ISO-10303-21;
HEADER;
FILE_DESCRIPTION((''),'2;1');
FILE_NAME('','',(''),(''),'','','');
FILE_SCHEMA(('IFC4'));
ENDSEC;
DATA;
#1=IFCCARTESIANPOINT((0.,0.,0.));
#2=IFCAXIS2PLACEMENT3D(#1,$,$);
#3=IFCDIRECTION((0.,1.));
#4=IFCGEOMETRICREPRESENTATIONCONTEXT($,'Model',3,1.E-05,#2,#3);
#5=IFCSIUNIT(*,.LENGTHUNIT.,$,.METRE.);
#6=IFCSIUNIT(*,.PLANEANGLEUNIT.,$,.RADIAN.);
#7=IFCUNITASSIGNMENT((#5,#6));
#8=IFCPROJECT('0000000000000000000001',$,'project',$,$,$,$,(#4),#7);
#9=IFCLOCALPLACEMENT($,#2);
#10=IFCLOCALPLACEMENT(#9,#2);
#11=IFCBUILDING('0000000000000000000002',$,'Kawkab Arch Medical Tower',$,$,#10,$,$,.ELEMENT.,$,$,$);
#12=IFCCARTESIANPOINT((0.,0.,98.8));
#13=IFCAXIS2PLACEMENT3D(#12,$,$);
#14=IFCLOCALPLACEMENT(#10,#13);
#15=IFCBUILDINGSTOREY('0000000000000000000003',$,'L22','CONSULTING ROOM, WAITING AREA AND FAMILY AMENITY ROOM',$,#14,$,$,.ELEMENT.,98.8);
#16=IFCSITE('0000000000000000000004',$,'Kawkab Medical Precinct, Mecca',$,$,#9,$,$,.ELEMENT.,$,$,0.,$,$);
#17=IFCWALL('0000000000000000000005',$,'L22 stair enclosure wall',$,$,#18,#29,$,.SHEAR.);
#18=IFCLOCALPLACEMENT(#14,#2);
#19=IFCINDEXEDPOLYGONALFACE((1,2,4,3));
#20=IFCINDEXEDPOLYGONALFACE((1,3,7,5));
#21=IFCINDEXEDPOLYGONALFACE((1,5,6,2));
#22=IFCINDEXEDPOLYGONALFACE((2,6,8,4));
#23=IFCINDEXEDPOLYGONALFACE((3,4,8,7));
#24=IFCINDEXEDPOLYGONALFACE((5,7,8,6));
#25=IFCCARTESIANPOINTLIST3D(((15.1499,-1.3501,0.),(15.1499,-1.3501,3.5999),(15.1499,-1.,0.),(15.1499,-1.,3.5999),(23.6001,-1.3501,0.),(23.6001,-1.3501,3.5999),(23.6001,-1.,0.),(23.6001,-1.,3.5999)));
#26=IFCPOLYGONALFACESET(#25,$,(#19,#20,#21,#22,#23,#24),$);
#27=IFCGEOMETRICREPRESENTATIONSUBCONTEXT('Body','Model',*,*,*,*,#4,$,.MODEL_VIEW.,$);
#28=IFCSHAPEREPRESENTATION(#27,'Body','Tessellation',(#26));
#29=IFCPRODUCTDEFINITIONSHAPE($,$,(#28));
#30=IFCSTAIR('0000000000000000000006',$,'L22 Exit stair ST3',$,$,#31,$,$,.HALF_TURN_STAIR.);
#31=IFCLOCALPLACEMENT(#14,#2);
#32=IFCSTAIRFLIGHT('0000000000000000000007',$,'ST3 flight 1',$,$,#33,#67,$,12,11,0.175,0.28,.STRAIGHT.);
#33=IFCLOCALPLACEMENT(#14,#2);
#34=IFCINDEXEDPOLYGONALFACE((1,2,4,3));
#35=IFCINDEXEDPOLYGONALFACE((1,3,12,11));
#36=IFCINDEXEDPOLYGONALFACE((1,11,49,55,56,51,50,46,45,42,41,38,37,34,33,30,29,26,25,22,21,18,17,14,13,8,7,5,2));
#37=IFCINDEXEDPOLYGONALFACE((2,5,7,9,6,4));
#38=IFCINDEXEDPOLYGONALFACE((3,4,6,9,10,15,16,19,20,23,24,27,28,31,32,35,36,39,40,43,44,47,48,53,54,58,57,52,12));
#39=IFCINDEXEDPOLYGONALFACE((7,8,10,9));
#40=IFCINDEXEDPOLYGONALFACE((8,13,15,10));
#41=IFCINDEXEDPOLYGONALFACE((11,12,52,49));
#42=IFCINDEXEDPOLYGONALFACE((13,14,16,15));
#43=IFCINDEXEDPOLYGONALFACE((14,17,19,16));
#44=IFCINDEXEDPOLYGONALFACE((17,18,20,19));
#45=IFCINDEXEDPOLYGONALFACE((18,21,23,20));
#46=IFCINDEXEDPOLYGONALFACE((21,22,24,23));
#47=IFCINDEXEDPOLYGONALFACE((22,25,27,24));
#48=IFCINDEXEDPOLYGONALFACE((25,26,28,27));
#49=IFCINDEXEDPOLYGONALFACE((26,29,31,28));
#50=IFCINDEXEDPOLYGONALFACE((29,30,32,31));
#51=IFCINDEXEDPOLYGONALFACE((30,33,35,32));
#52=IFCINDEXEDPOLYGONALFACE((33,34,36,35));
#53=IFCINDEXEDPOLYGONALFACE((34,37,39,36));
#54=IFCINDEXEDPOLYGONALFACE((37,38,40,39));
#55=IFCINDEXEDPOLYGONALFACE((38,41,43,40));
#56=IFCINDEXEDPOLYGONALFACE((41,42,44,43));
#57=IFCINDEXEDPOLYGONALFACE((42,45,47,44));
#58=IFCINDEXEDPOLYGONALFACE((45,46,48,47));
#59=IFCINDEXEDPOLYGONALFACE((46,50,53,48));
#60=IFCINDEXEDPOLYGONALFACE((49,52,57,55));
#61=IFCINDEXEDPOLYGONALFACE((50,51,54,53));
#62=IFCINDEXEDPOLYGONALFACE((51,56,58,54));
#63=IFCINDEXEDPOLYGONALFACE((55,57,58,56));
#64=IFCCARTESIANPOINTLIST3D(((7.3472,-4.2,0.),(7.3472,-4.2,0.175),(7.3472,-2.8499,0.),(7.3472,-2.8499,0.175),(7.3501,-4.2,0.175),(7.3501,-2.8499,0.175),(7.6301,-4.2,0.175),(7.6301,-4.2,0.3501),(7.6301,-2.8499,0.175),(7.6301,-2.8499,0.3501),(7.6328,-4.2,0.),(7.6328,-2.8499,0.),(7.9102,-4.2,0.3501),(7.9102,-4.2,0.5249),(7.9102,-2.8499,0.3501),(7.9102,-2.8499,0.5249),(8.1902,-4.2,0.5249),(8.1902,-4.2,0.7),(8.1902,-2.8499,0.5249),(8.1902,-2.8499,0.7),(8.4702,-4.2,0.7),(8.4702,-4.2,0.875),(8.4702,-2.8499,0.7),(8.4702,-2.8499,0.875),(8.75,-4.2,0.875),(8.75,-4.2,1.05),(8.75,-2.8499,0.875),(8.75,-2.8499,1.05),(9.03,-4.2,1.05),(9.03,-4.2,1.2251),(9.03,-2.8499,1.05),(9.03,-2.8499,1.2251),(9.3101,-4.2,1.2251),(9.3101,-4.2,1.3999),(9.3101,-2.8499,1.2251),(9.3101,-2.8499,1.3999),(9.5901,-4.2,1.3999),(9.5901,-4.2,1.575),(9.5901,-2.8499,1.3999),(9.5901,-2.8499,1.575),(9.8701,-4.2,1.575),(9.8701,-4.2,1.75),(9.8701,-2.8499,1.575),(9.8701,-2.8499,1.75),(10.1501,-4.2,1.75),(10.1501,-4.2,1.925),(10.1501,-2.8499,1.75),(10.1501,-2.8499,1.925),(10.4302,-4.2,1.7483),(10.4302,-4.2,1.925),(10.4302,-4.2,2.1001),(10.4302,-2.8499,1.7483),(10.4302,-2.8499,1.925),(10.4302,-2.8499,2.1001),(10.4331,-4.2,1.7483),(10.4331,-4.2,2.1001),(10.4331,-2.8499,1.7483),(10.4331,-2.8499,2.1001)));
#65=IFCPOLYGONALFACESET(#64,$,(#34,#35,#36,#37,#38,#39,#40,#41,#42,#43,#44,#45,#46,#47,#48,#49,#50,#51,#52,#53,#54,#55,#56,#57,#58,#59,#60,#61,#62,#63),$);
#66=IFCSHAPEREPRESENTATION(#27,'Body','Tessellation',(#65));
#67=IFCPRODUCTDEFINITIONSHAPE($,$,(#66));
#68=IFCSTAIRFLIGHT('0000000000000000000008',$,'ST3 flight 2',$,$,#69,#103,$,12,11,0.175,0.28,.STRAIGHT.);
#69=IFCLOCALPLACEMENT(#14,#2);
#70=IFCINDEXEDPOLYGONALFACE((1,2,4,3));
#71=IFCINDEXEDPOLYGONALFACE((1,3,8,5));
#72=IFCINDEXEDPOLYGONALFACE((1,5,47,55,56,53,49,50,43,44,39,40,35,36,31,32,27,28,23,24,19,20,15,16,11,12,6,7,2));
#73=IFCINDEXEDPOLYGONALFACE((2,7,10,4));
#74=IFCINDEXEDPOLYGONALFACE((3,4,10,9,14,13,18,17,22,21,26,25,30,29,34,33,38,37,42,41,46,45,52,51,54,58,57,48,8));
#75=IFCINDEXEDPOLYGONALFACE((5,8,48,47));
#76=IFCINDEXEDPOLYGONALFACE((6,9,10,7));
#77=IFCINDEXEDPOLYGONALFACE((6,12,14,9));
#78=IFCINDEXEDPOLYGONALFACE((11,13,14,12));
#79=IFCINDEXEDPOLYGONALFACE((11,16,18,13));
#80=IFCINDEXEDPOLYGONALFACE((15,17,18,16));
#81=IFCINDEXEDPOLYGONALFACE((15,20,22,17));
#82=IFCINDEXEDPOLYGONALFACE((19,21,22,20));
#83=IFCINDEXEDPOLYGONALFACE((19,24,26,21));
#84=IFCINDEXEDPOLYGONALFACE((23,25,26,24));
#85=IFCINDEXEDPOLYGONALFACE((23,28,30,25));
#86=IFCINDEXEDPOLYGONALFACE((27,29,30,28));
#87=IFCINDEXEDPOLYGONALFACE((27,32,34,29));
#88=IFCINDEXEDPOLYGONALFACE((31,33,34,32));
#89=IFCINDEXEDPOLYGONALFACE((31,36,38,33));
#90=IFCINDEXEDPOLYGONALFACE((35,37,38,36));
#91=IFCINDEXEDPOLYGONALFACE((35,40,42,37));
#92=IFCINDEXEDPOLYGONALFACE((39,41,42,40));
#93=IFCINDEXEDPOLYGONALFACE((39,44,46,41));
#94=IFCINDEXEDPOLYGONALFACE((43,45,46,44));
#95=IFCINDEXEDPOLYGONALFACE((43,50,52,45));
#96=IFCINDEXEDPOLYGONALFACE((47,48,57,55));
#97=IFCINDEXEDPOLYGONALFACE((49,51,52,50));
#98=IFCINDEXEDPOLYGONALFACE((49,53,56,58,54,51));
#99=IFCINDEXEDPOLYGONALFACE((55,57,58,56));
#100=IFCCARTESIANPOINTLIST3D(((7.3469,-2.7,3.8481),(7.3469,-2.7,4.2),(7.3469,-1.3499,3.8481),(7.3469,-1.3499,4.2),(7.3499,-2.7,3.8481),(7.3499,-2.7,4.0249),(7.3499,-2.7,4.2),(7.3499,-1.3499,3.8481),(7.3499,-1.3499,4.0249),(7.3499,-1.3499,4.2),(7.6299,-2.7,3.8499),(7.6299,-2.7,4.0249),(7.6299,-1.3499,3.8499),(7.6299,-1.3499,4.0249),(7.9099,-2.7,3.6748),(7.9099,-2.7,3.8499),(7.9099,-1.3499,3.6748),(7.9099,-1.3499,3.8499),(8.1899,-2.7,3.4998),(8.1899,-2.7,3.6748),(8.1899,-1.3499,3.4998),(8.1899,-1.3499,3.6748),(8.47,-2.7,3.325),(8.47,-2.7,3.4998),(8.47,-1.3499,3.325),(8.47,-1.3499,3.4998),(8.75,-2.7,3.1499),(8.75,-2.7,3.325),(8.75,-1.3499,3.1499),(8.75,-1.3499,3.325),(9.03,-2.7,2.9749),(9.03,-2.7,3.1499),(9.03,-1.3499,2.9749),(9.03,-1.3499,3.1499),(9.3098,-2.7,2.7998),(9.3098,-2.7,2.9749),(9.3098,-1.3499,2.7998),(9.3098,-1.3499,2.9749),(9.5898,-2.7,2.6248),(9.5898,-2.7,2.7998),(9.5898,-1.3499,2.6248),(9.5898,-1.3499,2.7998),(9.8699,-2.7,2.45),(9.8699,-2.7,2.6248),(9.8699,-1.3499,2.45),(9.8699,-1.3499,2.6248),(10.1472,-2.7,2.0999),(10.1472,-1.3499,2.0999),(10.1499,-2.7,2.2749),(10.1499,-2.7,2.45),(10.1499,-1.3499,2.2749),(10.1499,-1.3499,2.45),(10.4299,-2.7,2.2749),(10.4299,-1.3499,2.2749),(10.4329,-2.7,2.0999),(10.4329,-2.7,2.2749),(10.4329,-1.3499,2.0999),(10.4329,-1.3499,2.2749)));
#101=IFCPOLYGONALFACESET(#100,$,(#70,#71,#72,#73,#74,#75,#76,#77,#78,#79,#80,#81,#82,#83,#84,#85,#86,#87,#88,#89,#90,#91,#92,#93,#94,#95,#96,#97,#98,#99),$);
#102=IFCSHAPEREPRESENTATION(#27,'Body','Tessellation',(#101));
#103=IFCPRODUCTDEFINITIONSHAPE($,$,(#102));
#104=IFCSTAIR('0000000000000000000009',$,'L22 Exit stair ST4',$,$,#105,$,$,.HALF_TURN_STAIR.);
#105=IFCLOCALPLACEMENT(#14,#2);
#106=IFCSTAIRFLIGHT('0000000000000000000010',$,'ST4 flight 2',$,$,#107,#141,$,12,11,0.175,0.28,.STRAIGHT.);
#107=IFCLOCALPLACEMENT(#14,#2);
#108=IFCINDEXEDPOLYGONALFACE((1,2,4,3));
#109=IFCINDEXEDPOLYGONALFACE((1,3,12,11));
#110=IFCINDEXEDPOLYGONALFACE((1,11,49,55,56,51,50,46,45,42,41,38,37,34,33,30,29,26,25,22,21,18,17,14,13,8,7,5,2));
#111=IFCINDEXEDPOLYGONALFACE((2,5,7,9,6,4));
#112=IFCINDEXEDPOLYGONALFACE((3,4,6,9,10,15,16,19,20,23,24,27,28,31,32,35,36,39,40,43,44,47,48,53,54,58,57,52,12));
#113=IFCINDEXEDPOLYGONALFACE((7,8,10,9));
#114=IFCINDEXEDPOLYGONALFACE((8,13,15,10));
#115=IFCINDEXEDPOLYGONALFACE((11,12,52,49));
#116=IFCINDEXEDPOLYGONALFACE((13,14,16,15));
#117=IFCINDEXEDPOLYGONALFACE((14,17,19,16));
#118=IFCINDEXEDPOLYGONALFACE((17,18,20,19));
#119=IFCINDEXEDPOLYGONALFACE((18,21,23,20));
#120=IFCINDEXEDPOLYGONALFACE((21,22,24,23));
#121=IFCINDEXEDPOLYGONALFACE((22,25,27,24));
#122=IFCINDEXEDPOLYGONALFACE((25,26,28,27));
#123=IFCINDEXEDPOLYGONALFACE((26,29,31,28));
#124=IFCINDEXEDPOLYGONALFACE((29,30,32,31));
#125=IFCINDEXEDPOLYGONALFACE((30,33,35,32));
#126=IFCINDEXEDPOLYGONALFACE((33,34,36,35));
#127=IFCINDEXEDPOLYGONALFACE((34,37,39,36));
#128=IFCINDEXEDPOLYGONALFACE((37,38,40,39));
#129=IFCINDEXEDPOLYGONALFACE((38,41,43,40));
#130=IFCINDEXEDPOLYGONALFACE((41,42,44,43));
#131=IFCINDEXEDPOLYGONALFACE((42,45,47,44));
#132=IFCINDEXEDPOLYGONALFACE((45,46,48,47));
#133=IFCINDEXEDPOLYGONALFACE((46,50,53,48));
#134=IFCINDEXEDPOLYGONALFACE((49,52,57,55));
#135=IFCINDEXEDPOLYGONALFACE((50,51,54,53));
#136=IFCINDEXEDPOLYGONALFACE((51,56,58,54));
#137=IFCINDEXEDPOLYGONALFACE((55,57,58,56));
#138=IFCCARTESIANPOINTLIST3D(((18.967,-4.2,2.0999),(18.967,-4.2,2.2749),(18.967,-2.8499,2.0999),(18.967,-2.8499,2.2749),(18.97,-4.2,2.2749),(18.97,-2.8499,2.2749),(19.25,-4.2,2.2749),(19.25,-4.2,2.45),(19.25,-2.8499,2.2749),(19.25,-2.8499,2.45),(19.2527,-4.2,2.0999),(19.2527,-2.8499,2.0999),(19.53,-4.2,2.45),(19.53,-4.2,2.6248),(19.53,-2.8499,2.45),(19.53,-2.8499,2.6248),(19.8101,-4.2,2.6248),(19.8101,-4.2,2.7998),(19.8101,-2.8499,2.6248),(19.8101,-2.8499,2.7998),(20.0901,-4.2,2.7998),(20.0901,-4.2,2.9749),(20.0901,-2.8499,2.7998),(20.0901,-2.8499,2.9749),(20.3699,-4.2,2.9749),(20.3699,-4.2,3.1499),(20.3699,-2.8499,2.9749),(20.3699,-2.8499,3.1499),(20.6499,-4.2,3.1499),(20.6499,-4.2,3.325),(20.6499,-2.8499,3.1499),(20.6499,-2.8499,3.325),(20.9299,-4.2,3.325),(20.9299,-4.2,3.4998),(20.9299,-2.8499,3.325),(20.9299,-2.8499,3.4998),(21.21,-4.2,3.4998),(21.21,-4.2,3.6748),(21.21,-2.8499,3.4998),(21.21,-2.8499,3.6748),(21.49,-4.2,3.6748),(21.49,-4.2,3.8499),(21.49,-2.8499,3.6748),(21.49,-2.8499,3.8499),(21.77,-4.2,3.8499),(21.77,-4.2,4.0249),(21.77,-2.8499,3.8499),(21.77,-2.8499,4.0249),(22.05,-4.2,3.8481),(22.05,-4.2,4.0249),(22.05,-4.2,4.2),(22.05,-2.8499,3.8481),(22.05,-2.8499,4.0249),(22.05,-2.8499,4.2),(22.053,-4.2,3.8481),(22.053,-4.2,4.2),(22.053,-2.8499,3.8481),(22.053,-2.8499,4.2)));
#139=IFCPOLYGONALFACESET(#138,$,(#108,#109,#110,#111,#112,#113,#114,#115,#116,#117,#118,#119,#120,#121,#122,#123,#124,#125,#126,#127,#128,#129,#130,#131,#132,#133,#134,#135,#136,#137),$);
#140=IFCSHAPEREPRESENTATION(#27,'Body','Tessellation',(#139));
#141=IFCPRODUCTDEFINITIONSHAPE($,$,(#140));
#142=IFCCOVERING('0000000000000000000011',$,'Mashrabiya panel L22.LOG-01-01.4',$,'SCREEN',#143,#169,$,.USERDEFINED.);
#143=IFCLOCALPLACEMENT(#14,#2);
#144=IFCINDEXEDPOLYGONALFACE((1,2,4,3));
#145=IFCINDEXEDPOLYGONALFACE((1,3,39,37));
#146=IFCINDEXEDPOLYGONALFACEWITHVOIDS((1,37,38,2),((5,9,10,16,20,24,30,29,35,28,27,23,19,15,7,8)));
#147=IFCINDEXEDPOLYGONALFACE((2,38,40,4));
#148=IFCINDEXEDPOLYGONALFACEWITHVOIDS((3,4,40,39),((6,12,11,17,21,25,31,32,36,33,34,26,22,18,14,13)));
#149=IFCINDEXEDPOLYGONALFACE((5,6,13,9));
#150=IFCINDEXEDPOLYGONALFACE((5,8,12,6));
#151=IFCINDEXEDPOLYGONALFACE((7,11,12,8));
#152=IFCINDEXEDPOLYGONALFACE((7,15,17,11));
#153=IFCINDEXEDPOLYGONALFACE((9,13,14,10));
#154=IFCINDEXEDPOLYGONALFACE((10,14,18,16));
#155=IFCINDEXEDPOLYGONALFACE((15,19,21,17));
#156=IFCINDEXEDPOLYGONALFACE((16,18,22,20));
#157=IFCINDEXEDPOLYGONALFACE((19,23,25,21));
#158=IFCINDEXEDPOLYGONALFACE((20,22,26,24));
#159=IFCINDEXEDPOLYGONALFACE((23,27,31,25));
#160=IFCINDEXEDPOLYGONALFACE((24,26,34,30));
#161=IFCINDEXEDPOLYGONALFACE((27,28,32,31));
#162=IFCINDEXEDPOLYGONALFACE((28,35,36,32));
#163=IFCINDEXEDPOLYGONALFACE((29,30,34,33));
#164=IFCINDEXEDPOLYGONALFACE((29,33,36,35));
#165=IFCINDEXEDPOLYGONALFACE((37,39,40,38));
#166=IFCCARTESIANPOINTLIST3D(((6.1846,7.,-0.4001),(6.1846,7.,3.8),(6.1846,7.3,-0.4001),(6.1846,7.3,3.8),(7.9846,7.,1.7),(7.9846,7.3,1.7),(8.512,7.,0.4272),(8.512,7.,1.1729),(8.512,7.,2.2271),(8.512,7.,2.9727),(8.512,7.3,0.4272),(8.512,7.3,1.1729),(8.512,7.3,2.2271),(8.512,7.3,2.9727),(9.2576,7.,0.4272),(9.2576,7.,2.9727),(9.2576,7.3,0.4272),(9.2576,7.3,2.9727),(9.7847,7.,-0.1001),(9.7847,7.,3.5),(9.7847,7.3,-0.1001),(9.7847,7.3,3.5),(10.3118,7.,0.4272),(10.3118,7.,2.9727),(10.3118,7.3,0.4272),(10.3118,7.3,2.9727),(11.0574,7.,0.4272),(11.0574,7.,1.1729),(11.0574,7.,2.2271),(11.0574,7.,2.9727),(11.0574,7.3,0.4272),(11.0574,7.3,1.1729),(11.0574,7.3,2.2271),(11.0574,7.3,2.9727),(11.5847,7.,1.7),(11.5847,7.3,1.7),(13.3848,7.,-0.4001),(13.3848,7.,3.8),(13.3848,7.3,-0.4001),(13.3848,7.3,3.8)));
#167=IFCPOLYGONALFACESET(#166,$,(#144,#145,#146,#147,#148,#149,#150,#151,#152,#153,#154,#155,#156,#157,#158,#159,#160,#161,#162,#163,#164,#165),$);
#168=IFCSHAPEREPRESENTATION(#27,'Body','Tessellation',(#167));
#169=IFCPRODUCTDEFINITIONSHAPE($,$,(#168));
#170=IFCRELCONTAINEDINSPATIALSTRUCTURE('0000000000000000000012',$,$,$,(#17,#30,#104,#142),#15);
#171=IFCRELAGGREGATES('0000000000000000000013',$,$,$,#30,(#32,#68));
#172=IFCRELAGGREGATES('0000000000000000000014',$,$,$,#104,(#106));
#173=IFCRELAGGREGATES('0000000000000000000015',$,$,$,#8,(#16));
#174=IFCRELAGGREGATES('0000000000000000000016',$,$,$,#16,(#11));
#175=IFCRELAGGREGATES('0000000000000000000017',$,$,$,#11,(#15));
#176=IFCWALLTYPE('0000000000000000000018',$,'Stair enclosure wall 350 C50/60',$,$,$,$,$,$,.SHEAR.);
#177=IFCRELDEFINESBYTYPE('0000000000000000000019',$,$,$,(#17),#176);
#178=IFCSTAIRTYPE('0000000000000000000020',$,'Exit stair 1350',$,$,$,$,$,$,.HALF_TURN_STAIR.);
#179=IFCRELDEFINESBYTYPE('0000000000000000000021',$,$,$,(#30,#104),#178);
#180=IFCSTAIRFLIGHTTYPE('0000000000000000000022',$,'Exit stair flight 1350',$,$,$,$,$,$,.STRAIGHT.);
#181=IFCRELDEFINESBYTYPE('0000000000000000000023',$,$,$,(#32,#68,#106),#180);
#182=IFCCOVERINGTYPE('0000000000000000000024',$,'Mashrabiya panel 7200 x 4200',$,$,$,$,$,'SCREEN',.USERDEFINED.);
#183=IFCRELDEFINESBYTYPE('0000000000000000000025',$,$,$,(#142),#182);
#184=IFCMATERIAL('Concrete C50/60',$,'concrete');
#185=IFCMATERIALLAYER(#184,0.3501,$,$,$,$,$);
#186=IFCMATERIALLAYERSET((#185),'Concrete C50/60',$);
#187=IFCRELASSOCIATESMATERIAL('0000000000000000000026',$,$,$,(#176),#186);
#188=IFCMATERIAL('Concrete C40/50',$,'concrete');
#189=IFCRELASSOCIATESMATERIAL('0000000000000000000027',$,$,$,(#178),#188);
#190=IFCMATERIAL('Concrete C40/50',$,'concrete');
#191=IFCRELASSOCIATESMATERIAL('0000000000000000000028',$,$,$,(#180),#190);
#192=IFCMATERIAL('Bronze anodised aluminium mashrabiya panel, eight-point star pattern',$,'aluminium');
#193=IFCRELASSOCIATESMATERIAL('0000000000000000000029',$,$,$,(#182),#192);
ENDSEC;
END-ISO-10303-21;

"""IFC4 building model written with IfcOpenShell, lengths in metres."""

from ifc_helpers import new_model, si_unit, direction, frame, frame_2d, origin, place, context, subcontext, project, spatial, polyline, rectangle, outline, extrude, material, layer, layer_set, material_profile, profile_set, type_object, element, aggregate, save


model = new_model("IFC4")

# Units and contexts
model_context = context("Model", 3, precision=1e-05, world=origin(), true_north=direction((0.0, 1.0)))
body_context = subcontext(model_context, "Body", "Model", "MODEL_VIEW")
ifc_project = project(units=[si_unit("LENGTHUNIT", "METRE"), si_unit("PLANEANGLEUNIT", "RADIAN")], contexts=[model_context])

# Site, building, storey
site_placement = place(None, origin())
site = spatial("IfcSite", under=ifc_project, at=site_placement, Name="Kawkab Medical Precinct, Mecca", CompositionType="ELEMENT", RefElevation=0.0)
building_placement = place(site_placement, origin())
building = spatial("IfcBuilding", under=site, at=building_placement, Name="Kawkab Arch Medical Tower", CompositionType="ELEMENT")
storey_placement = place(building_placement, frame((0.0, 0.0, 98.8)))
storey = spatial("IfcBuildingStorey", under=building, at=storey_placement, Name="L22", Description="CONSULTING ROOM, WAITING AREA AND FAMILY AMENITY ROOM", CompositionType="ELEMENT", Elevation=98.8)

# Shared definitions
placement = place(storey_placement, origin())

# Wall
ifc_material_1 = material(Name="Concrete C50/60", Category="concrete")
ifc_layer_1 = layer(ifc_material_1, 0.3501)
ifc_layer_set_1 = layer_set([ifc_layer_1], Name="Concrete C50/60")
wall_type_1 = type_object("IfcWallType", Name="Stair enclosure wall 350 C50/60", PredefinedType="SHEAR", material=ifc_layer_set_1)
wall_placement = place(storey_placement, frame((15.1499, -1.175, 0.0), z_axis=(0.0, 0.0, 1.0), x_axis=(1.0, 0.0, 0.0)))
element("IfcWall", 1, at=wall_placement, inside=storey, type_object=wall_type_1, Name="L22 stair enclosure wall", PredefinedType="SHEAR", context=body_context, shape_type="SweptSolid", body=[
    extrude(rectangle(XDim=8.4502, YDim=0.3501, at=frame_2d((4.2251, 0.0))), origin(), (0.0, 0.0, 1.0), 3.5999),
])

# Stair, stair flights
ifc_material_2 = material(Name="Concrete C40/50", Category="concrete")
stair_type = type_object("IfcStairType", Name="Exit stair 1350", PredefinedType="HALF_TURN_STAIR", material=ifc_material_2)
stair_1 = element("IfcStair", 2, at=placement, inside=storey, type_object=stair_type, Name="L22 Exit stair ST3", PredefinedType="HALF_TURN_STAIR")
ifc_material_3 = material(Name="Concrete C40/50", Category="concrete")
stair_flight_type = type_object("IfcStairFlightType", Name="Exit stair flight 1350", PredefinedType="STRAIGHT", material=ifc_material_3)
stair_flight_1_placement = place(storey_placement, frame((7.3501, -3.5249, 0.0), z_axis=(0.0, 0.0, 1.0), x_axis=(1.0, 0.0, 0.0)))
stair_flight_1 = element("IfcStairFlight", 3, at=stair_flight_1_placement, type_object=stair_flight_type, Name="ST3 flight 1", NumberOfRisers=12, NumberOfTreads=11, PredefinedType="STRAIGHT", RiserHeight=0.175, TreadLength=0.28, context=body_context, shape_type="SweptSolid", body=[
    extrude(outline(polyline([(-0.0029, 0.0), (-0.0029, 0.175), (0.0, 0.175), (0.28, 0.175), (0.28, 0.3501), (0.5601, 0.3501), (0.5601, 0.5249), (0.8401, 0.5249), (0.8401, 0.7), (1.1201, 0.7), (1.1201, 0.875), (1.3999, 0.875), (1.3999, 1.05), (1.6799, 1.05), (1.6799, 1.2251), (1.96, 1.2251), (1.96, 1.3999), (2.24, 1.3999), (2.24, 1.575), (2.52, 1.575), (2.52, 1.75), (2.8, 1.75), (2.8, 1.925), (3.0801, 1.925), (3.0801, 2.1001), (3.083, 2.1001), (3.083, 1.7483), (3.0801, 1.7483), (0.2827, 0.0), (-0.0029, 0.0)])), frame((0.0, 0.675, 0.0), z_axis=(0.0, -1.0, 0.0), x_axis=(1.0, 0.0, 0.0)), (0.0, 0.0, 1.0), 1.3501),
])
stair_flight_2_placement = place(storey_placement, frame((10.4299, -2.0249, 2.0999), z_axis=(0.0, 0.0, 1.0), x_axis=(-1.0, 0.0, 0.0)))
stair_flight_2 = element("IfcStairFlight", 4, at=stair_flight_2_placement, type_object=stair_flight_type, Name="ST3 flight 2", NumberOfRisers=12, NumberOfTreads=11, PredefinedType="STRAIGHT", RiserHeight=0.175, TreadLength=0.28, context=body_context, shape_type="SweptSolid", body=[
    extrude(outline(polyline([(-0.0029, 0.0), (-0.0029, 0.175), (0.0, 0.175), (0.28, 0.175), (0.28, 0.3501), (0.5601, 0.3501), (0.5601, 0.5249), (0.8401, 0.5249), (0.8401, 0.7), (1.1201, 0.7), (1.1201, 0.875), (1.3999, 0.875), (1.3999, 1.05), (1.6799, 1.05), (1.6799, 1.2251), (1.96, 1.2251), (1.96, 1.3999), (2.24, 1.3999), (2.24, 1.575), (2.52, 1.575), (2.52, 1.75), (2.8, 1.75), (2.8, 1.925), (3.0801, 1.925), (3.0801, 2.1001), (3.083, 2.1001), (3.083, 1.7483), (3.0801, 1.7483), (0.2827, 0.0), (-0.0029, 0.0)])), frame((0.0, 0.675, 0.0), z_axis=(0.0, -1.0, 0.0), x_axis=(1.0, 0.0, 0.0)), (0.0, 0.0, 1.0), 1.3501),
])
aggregate(stair_1, [stair_flight_1, stair_flight_2])

# Stair, stair flight
stair_2 = element("IfcStair", 5, at=placement, inside=storey, type_object=stair_type, Name="L22 Exit stair ST4", PredefinedType="HALF_TURN_STAIR")
stair_flight_3_placement = place(storey_placement, frame((18.97, -3.5249, 2.0999), z_axis=(0.0, 0.0, 1.0), x_axis=(1.0, 0.0, 0.0)))
stair_flight_3 = element("IfcStairFlight", 6, at=stair_flight_3_placement, type_object=stair_flight_type, Name="ST4 flight 2", NumberOfRisers=12, NumberOfTreads=11, PredefinedType="STRAIGHT", RiserHeight=0.175, TreadLength=0.28, context=body_context, shape_type="SweptSolid", body=[
    extrude(outline(polyline([(-0.0029, 0.0), (-0.0029, 0.175), (0.0, 0.175), (0.28, 0.175), (0.28, 0.3501), (0.5601, 0.3501), (0.5601, 0.5249), (0.8401, 0.5249), (0.8401, 0.7), (1.1201, 0.7), (1.1201, 0.875), (1.3999, 0.875), (1.3999, 1.05), (1.6799, 1.05), (1.6799, 1.2251), (1.96, 1.2251), (1.96, 1.3999), (2.24, 1.3999), (2.24, 1.575), (2.52, 1.575), (2.52, 1.75), (2.8, 1.75), (2.8, 1.925), (3.0801, 1.925), (3.0801, 2.1001), (3.083, 2.1001), (3.083, 1.7483), (3.0801, 1.7483), (0.2827, 0.0), (-0.0029, 0.0)])), frame((0.0, 0.675, 0.0), z_axis=(0.0, -1.0, 0.0), x_axis=(1.0, 0.0, 0.0)), (0.0, 0.0, 1.0), 1.3501),
])
aggregate(stair_2, [stair_flight_3])

# Covering
ifc_material_4 = material(Name="Bronze anodised aluminium mashrabiya panel, eight-point star pattern", Category="aluminium")
ifc_material_profile_1 = material_profile(ifc_material_4, outline(polyline([(-3.6001, -2.1001), (3.6001, -2.1001), (3.6001, 2.1001), (-3.6001, 2.1001), (-3.6001, -2.1001)]), holes=[polyline([(1.8, 0.0), (1.2727, 0.5271), (1.2727, 1.2727), (0.5271, 1.2727), (0.0, 1.8), (-0.5271, 1.2727), (-1.2727, 1.2727), (-1.2727, 0.5271), (-1.8, 0.0), (-1.2727, -0.5271), (-1.2727, -1.2727), (-0.5271, -1.2727), (0.0, -1.8), (0.5271, -1.2727), (1.2727, -1.2727), (1.2727, -0.5271), (1.8, 0.0)])]), Name="Mashrabiya panel 7200x4200")
ifc_profile_set_1 = profile_set([ifc_material_profile_1], Name="Bronze anodised aluminium mashrabiya panel, eight-point star pattern")
covering_type = type_object("IfcCoveringType", Name="Mashrabiya panel 7200 x 4200", ElementType="SCREEN", PredefinedType="USERDEFINED", material=ifc_profile_set_1)
covering_placement = place(storey_placement, frame((9.7847, 7.0, 1.7), z_axis=(0.0, 1.0, 0.0), x_axis=(-1.0, 0.0, 0.0)))
element("IfcCovering", 7, at=covering_placement, inside=storey, type_object=covering_type, Name="Mashrabiya panel L22.LOG-01-01.4", ObjectType="SCREEN", PredefinedType="USERDEFINED", context=body_context, shape_type="SweptSolid", body=[
    extrude(outline(polyline([(-3.6001, -2.1001), (3.6001, -2.1001), (3.6001, 2.1001), (-3.6001, 2.1001), (-3.6001, -2.1001)]), holes=[polyline([(1.8, 0.0), (1.2727, 0.5271), (1.2727, 1.2727), (0.5271, 1.2727), (0.0, 1.8), (-0.5271, 1.2727), (-1.2727, 1.2727), (-1.2727, 0.5271), (-1.8, 0.0), (-1.2727, -0.5271), (-1.2727, -1.2727), (-0.5271, -1.2727), (0.0, -1.8), (0.5271, -1.2727), (1.2727, -1.2727), (1.2727, -0.5271), (1.8, 0.0)])]), origin(), (0.0, 0.0, 1.0), 0.3),
])

save(model, "model.ifc")
